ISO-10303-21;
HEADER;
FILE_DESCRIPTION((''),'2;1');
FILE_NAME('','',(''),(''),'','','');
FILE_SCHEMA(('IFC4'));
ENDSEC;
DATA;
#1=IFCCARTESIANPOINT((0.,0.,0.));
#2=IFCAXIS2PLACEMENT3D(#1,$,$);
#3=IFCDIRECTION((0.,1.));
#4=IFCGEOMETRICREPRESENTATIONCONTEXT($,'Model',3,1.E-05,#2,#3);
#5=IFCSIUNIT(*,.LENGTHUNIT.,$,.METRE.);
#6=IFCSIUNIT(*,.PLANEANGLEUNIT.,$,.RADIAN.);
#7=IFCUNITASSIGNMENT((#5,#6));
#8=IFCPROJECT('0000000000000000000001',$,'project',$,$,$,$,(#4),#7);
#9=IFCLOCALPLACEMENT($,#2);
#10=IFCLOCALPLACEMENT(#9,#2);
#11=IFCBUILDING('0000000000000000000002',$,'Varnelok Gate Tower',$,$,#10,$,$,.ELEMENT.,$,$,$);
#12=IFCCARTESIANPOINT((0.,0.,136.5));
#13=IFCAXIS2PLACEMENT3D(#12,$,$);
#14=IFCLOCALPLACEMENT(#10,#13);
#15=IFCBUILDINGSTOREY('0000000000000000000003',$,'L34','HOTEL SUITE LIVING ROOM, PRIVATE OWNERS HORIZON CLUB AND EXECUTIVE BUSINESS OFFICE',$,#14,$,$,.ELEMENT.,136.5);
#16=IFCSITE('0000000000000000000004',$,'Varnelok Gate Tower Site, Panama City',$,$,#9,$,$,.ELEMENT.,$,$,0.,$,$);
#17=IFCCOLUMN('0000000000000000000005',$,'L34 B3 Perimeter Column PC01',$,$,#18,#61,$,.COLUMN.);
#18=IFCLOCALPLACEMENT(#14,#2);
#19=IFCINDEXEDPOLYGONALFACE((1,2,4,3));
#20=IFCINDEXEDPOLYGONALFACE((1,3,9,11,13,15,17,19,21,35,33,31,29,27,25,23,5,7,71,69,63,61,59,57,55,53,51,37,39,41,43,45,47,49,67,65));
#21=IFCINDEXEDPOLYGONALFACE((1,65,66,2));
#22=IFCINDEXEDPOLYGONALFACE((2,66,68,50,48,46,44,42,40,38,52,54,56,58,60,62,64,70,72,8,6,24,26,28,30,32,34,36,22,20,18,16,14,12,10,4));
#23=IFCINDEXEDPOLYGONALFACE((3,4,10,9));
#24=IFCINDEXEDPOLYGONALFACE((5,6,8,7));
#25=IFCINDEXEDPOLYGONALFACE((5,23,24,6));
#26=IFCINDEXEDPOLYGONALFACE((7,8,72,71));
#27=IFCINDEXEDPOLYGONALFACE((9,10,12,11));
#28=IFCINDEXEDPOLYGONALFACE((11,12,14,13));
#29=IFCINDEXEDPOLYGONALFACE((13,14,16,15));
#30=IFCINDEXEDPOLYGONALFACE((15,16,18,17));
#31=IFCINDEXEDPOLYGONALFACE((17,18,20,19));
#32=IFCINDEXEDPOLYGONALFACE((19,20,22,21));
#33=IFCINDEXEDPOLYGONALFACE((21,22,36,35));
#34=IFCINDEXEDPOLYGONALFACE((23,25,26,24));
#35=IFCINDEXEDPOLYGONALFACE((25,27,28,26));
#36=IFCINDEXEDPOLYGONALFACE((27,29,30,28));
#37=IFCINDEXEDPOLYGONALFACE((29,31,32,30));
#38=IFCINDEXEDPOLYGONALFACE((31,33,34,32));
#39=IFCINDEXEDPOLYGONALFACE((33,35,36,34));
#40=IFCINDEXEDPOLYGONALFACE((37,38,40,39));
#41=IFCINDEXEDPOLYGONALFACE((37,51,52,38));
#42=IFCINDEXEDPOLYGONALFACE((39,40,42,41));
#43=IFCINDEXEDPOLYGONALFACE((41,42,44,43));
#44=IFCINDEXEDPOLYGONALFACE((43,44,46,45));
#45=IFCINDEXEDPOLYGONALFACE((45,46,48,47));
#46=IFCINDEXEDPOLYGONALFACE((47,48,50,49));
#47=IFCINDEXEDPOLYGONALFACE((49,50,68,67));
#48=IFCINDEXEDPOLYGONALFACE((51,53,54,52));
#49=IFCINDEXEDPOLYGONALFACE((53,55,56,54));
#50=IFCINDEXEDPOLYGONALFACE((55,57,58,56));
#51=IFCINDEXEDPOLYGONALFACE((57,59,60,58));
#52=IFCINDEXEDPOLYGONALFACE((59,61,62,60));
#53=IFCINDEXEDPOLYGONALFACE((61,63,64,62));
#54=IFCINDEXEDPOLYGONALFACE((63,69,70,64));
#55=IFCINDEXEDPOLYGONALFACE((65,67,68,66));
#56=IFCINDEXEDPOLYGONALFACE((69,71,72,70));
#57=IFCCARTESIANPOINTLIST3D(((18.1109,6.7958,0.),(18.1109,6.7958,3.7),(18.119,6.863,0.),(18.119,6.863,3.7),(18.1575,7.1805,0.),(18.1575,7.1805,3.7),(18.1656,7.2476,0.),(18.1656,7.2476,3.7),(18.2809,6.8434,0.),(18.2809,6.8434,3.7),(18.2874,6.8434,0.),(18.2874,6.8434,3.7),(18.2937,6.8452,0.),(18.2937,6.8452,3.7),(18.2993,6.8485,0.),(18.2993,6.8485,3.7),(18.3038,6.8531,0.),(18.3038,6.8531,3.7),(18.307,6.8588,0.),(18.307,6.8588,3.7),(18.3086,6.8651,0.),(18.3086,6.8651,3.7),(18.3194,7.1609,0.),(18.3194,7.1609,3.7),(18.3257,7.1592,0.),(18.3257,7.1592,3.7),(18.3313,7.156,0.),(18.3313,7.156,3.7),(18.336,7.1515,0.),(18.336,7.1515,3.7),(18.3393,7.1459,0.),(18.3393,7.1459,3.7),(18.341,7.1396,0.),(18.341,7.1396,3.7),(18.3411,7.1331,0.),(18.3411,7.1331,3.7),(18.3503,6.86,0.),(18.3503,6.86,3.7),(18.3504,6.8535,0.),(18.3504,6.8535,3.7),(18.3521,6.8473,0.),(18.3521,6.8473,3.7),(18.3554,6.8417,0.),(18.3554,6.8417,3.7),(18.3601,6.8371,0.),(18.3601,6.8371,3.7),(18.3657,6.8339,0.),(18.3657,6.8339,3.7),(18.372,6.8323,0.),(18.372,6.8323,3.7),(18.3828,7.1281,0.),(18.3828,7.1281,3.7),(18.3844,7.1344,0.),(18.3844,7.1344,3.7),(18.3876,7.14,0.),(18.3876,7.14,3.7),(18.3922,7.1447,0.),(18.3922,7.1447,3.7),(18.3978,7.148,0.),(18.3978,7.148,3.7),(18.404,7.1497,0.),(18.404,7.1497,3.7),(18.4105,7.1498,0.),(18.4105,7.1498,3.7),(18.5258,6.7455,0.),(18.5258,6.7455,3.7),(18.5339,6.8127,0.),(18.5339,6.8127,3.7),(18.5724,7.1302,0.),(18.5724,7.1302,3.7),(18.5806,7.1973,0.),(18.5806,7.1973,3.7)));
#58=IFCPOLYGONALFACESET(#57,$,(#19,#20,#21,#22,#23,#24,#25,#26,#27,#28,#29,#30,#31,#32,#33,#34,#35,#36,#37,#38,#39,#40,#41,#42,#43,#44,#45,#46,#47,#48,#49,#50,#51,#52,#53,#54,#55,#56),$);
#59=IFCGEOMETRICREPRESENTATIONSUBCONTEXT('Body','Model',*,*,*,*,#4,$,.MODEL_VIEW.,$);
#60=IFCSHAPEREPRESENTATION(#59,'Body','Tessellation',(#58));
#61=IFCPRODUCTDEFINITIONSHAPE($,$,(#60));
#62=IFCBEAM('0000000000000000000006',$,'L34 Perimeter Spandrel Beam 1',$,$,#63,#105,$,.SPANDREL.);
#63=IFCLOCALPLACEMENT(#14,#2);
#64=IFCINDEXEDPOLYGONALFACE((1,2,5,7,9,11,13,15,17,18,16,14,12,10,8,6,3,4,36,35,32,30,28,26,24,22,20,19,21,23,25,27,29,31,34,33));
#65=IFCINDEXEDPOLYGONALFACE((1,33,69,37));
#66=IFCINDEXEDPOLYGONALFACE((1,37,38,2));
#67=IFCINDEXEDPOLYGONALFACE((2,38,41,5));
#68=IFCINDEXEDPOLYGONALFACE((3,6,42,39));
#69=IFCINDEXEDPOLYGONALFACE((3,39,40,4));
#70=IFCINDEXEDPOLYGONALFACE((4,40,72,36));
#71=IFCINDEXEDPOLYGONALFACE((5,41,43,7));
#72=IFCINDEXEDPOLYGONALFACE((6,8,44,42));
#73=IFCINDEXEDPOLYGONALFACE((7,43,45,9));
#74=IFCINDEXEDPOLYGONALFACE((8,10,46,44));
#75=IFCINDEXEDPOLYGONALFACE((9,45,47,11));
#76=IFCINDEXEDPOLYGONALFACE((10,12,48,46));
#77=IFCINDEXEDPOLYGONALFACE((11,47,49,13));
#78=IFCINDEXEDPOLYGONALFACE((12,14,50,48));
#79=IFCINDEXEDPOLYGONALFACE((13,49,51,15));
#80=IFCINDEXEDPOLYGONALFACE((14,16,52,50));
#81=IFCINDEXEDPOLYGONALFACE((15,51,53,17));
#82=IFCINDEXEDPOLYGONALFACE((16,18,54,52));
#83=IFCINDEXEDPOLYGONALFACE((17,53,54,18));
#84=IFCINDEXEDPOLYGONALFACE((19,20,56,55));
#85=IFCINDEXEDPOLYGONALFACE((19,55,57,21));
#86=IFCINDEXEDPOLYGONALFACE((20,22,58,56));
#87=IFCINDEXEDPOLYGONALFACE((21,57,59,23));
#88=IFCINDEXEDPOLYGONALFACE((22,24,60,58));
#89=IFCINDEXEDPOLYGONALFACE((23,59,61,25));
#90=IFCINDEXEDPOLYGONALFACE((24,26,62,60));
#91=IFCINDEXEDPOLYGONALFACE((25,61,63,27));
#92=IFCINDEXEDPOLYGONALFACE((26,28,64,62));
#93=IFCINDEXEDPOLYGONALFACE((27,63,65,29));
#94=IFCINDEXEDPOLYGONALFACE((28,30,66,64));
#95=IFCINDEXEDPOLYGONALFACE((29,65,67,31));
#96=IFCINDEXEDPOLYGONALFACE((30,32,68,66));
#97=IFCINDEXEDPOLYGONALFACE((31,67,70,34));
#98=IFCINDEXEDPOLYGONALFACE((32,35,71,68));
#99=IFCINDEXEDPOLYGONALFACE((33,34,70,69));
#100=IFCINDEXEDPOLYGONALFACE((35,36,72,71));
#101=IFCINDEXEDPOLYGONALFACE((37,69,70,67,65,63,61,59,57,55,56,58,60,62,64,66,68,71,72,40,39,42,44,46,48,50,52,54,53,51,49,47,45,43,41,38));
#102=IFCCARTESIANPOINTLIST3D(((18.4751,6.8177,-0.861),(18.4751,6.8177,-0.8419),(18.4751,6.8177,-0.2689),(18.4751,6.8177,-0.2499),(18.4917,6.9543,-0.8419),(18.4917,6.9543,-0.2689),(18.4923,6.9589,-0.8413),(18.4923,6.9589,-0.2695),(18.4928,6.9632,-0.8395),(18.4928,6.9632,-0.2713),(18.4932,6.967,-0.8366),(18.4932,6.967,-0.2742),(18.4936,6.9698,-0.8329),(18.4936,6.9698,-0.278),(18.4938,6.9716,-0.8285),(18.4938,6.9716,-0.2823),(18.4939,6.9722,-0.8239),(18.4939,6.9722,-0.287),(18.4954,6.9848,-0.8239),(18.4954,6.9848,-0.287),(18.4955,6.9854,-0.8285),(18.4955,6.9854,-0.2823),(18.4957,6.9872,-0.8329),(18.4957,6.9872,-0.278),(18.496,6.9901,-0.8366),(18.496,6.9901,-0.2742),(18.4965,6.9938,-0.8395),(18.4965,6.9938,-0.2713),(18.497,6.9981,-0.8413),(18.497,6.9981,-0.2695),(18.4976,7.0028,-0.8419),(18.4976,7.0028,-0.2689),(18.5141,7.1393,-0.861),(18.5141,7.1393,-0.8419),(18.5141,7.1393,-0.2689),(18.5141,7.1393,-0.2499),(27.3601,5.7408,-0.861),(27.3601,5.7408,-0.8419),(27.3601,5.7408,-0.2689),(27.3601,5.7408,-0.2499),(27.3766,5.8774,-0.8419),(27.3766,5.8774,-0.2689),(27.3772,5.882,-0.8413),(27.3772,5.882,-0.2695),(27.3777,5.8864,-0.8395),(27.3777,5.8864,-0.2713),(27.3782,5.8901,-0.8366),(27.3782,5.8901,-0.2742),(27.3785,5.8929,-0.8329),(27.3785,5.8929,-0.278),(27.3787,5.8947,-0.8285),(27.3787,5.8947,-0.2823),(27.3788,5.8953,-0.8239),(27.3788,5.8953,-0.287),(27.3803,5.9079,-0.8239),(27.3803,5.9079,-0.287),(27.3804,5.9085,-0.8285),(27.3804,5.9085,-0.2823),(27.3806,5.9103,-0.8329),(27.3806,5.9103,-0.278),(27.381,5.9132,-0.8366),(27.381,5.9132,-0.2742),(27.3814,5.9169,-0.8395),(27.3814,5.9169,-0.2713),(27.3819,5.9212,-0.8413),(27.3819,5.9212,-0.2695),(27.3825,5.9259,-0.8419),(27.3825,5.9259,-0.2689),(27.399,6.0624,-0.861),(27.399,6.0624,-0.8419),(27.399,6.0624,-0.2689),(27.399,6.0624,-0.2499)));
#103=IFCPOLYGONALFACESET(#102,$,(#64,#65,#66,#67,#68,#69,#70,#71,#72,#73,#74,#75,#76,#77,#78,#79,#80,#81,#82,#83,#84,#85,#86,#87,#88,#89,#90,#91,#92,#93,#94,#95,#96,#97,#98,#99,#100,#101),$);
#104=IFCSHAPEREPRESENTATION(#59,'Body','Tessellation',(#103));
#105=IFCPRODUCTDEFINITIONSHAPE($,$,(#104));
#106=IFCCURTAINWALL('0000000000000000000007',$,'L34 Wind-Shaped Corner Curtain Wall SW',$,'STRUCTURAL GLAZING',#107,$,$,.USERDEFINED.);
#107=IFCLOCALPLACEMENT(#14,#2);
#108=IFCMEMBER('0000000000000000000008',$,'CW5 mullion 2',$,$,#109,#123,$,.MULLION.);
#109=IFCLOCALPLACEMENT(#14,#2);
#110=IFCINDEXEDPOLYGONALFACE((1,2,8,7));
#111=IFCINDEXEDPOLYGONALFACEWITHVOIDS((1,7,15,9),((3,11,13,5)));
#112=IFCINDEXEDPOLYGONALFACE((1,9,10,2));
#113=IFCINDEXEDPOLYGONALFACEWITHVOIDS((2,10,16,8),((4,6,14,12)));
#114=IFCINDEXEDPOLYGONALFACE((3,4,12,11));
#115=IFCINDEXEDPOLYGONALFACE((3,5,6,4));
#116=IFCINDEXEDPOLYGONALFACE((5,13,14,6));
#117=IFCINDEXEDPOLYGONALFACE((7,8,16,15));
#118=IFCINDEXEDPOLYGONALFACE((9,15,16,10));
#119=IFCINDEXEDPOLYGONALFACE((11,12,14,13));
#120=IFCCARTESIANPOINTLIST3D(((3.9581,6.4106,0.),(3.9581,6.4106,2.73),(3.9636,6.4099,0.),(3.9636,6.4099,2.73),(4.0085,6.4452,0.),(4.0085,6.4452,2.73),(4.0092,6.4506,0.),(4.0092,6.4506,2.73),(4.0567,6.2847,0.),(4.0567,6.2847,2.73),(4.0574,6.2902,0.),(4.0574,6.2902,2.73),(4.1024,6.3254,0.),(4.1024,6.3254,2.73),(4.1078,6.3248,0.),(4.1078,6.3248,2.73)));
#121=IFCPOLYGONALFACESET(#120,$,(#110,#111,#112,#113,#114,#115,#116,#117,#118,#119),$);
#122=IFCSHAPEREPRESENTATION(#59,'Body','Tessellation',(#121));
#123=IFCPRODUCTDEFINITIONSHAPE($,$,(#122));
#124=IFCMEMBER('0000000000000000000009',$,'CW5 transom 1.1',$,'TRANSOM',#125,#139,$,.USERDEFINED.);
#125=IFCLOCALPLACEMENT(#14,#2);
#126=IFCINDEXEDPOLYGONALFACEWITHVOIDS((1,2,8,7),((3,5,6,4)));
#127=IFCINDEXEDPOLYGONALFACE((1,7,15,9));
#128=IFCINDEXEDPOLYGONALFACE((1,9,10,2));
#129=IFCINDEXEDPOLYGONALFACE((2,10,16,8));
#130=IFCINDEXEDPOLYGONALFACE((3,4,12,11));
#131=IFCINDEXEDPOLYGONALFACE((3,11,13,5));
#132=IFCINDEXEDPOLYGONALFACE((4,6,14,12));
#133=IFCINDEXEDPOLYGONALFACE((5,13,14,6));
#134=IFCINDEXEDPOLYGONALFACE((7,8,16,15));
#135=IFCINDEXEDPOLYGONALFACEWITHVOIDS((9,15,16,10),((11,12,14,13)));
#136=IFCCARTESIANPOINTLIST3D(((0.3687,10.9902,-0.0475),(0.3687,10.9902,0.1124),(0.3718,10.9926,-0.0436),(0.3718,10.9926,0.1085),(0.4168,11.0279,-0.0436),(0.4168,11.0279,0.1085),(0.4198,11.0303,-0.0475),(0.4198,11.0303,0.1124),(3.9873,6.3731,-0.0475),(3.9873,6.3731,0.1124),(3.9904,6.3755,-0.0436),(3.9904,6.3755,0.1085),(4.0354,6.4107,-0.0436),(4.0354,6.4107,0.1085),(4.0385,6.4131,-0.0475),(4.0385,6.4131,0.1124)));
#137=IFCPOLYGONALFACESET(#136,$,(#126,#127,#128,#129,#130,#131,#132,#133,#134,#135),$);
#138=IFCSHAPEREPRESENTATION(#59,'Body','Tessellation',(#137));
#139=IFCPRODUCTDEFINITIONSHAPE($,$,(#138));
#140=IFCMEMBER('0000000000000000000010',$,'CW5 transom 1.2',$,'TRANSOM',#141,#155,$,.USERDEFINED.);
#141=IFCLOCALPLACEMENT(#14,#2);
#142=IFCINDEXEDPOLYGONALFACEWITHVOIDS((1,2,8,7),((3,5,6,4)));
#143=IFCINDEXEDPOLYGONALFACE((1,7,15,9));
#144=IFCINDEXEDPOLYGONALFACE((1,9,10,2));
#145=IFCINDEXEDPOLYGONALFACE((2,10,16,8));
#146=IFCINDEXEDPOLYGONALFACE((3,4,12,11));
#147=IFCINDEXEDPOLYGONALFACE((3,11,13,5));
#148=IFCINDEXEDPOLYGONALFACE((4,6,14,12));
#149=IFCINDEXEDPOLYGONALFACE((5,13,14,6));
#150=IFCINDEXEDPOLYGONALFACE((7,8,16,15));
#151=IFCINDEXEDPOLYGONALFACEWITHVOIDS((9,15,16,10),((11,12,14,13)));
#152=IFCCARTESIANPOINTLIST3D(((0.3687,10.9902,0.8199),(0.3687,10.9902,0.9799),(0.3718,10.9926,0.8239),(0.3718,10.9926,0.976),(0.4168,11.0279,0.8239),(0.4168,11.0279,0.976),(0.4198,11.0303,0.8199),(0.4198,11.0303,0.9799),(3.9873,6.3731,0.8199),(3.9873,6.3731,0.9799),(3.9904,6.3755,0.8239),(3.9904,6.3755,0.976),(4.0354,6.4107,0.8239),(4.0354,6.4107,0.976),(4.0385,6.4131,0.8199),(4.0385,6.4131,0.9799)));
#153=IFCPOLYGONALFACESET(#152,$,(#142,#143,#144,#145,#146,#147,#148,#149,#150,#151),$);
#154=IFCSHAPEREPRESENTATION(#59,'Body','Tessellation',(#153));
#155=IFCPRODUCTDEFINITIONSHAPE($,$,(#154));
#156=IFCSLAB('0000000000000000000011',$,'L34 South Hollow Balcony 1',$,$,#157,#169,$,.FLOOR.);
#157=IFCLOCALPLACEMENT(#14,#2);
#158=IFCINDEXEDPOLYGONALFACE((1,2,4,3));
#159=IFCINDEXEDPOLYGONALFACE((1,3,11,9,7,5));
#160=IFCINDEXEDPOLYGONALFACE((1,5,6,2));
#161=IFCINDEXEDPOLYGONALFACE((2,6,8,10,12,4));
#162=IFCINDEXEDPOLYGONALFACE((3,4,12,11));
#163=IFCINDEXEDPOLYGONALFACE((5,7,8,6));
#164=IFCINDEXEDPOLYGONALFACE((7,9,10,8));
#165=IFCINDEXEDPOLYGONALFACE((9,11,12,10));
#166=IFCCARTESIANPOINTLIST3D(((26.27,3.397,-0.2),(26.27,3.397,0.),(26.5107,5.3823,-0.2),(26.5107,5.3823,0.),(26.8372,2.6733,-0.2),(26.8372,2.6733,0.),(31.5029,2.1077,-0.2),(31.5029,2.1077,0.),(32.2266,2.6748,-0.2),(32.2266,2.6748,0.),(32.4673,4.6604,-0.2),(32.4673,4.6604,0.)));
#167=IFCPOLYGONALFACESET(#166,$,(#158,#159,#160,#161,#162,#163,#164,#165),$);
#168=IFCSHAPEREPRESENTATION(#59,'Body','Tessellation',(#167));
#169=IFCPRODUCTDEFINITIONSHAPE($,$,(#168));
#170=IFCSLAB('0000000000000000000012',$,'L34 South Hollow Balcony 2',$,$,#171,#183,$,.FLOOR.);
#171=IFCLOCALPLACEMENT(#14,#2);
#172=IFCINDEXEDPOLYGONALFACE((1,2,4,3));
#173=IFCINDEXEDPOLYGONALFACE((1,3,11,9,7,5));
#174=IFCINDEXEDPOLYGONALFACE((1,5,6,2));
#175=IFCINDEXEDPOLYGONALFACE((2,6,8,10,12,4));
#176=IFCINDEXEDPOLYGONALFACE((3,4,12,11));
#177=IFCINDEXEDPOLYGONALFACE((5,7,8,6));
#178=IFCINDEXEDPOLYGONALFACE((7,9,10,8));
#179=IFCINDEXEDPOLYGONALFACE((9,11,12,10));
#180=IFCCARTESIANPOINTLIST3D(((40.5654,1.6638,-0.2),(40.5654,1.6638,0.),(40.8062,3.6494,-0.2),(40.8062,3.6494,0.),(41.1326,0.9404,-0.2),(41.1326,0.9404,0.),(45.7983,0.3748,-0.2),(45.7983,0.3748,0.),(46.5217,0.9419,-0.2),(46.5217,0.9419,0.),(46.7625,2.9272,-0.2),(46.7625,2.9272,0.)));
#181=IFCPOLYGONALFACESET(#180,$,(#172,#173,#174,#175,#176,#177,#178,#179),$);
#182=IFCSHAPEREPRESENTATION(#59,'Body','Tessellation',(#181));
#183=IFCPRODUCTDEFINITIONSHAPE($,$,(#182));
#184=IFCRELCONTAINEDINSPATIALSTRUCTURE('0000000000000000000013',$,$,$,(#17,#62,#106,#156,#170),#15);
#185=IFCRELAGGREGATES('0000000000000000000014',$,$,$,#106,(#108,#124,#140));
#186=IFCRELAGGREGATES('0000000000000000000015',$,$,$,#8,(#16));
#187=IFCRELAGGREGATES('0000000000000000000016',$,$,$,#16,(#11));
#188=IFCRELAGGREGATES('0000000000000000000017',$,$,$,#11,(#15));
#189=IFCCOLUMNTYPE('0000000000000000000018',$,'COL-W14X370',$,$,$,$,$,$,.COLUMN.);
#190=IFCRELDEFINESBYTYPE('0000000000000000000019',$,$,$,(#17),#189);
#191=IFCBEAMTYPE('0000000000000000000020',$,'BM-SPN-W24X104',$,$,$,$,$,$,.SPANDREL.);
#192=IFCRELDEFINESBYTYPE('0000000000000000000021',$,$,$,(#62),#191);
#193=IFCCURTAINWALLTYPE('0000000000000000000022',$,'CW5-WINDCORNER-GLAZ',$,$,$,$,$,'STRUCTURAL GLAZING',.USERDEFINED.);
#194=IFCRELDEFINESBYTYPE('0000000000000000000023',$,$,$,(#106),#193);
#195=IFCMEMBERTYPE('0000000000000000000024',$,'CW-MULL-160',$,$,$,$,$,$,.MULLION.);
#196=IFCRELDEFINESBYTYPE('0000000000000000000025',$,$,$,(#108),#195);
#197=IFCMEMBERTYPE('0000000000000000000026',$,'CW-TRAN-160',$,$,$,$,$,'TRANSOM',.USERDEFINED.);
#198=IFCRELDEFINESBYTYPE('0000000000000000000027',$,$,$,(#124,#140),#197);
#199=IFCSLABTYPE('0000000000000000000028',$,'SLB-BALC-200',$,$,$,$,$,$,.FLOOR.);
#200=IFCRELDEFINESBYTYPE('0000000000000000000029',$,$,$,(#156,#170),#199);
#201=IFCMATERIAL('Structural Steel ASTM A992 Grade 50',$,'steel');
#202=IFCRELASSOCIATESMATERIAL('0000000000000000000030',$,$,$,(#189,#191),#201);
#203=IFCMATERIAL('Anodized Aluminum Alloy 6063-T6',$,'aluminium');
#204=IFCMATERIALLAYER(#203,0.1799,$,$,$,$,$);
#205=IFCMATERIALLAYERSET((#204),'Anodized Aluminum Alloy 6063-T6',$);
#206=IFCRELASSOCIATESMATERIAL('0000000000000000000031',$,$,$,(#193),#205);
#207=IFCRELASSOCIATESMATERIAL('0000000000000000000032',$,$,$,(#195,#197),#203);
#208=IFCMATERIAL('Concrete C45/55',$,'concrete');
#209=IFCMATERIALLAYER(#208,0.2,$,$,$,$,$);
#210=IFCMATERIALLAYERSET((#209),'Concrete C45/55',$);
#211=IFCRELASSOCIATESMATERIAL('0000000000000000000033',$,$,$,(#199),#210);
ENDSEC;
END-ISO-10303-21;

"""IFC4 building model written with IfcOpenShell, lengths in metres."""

from ifc_helpers import new_model, si_unit, direction, frame, origin, origin_2d, place, context, subcontext, project, spatial, polyline, hollow_rectangle, i_section, outline, extrude, material, layer, layer_set, material_profile, profile_set, type_object, element, aggregate, save


model = new_model("IFC4")

# Units and contexts
model_context = context("Model", 3, precision=1e-05, world=origin(), true_north=direction((0.0, 1.0)))
body_context = subcontext(model_context, "Body", "Model", "MODEL_VIEW")
ifc_project = project(units=[si_unit("LENGTHUNIT", "METRE"), si_unit("PLANEANGLEUNIT", "RADIAN")], contexts=[model_context])

# Site, building, storey
site_placement = place(None, origin())
site = spatial("IfcSite", under=ifc_project, at=site_placement, Name="Varnelok Gate Tower Site, Panama City", CompositionType="ELEMENT", RefElevation=0.0)
building_placement = place(site_placement, origin())
building = spatial("IfcBuilding", under=site, at=building_placement, Name="Varnelok Gate Tower", CompositionType="ELEMENT")
storey_placement = place(building_placement, frame((0.0, 0.0, 136.5)))
storey = spatial("IfcBuildingStorey", under=building, at=storey_placement, Name="L34", Description="HOTEL SUITE LIVING ROOM, PRIVATE OWNERS HORIZON CLUB AND EXECUTIVE BUSINESS OFFICE", CompositionType="ELEMENT", Elevation=136.5)

# Column
ifc_material_1 = material(Name="Structural Steel ASTM A992 Grade 50", Category="steel")
ifc_material_profile_1 = material_profile(ifc_material_1, i_section(OverallWidth=0.418, OverallDepth=0.4551, WebThickness=0.042, FlangeThickness=0.0676, FilletRadius=0.0249, at=origin_2d()), Name="W14X370")
ifc_profile_set_1 = profile_set([ifc_material_profile_1], Name="Structural Steel ASTM A992 Grade 50")
column_type = type_object("IfcColumnType", Name="COL-W14X370", PredefinedType="COLUMN", material=ifc_profile_set_1)
column_placement = place(storey_placement, frame((18.3457, 6.9966, 0.0), z_axis=(0.0, 0.0, 1.0), x_axis=(0.992732, -0.120345, 0.0)))
element("IfcColumn", 1, at=column_placement, inside=storey, type_object=column_type, Name="L34 B3 Perimeter Column PC01", PredefinedType="COLUMN", context=body_context, shape_type="SweptSolid", body=[
    extrude(i_section(OverallWidth=0.418, OverallDepth=0.4551, WebThickness=0.042, FlangeThickness=0.0676, FilletRadius=0.0249, at=origin_2d()), origin(), (0.0, 0.0, 1.0), 3.7),
])

# Beam
ifc_material_profile_2 = material_profile(ifc_material_1, i_section(OverallWidth=0.324, OverallDepth=0.6111, WebThickness=0.0127, FlangeThickness=0.019, FilletRadius=0.0181, at=origin_2d()), Name="W24X104")
ifc_profile_set_2 = profile_set([ifc_material_profile_2], Name="Structural Steel ASTM A992 Grade 50")
beam_type = type_object("IfcBeamType", Name="BM-SPN-W24X104", PredefinedType="SPANDREL", material=ifc_profile_set_2)
beam_placement = place(storey_placement, frame((18.4946, 6.9785, -0.5554), z_axis=(0.992735, -0.120324, 0.0), x_axis=(0.120324, 0.992735, 0.0)))
element("IfcBeam", 2, at=beam_placement, inside=storey, type_object=beam_type, Name="L34 Perimeter Spandrel Beam 1", PredefinedType="SPANDREL", context=body_context, shape_type="SweptSolid", body=[
    extrude(i_section(OverallWidth=0.324, OverallDepth=0.6111, WebThickness=0.0127, FlangeThickness=0.019, FilletRadius=0.0181, at=origin_2d()), origin(), (0.0, 0.0, 1.0), 8.95),
])

# Curtain wall, members
ifc_material_2 = material(Name="Anodized Aluminum Alloy 6063-T6", Category="aluminium")
ifc_layer_1 = layer(ifc_material_2, 0.1799)
ifc_layer_set_1 = layer_set([ifc_layer_1], Name="Anodized Aluminum Alloy 6063-T6")
curtain_wall_type = type_object("IfcCurtainWallType", Name="CW5-WINDCORNER-GLAZ", ElementType="STRUCTURAL GLAZING", PredefinedType="USERDEFINED", material=ifc_layer_set_1)
curtain_wall_placement = place(storey_placement, origin())
curtain_wall = element("IfcCurtainWall", 3, at=curtain_wall_placement, inside=storey, type_object=curtain_wall_type, Name="L34 Wind-Shaped Corner Curtain Wall SW", ObjectType="STRUCTURAL GLAZING", PredefinedType="USERDEFINED")
ifc_material_profile_3 = material_profile(ifc_material_2, hollow_rectangle(XDim=0.0649, YDim=0.1599, WallThickness=0.0039, at=origin_2d()), Name="ALU160X65X4")
ifc_profile_set_3 = profile_set([ifc_material_profile_3], Name="Anodized Aluminum Alloy 6063-T6")
member_type_1 = type_object("IfcMemberType", Name="CW-MULL-160", PredefinedType="MULLION", material=ifc_profile_set_3)
member_1_placement = place(storey_placement, frame((4.033, 6.3677, 0.0), z_axis=(0.0, 0.0, 1.0), x_axis=(0.787055, 0.616883, 0.0)))
member_1 = element("IfcMember", 4, at=member_1_placement, type_object=member_type_1, Name="CW5 mullion 2", PredefinedType="MULLION", context=body_context, shape_type="SweptSolid", body=[
    extrude(hollow_rectangle(XDim=0.0649, YDim=0.1599, WallThickness=0.0039, at=origin_2d()), origin(), (0.0, 0.0, 1.0), 2.73),
])
ifc_material_profile_4 = material_profile(ifc_material_2, hollow_rectangle(XDim=0.0649, YDim=0.1599, WallThickness=0.0039, at=origin_2d()), Name="ALU160X65X4")
ifc_profile_set_4 = profile_set([ifc_material_profile_4], Name="Anodized Aluminum Alloy 6063-T6")
member_type_2 = type_object("IfcMemberType", Name="CW-TRAN-160", ElementType="TRANSOM", PredefinedType="USERDEFINED", material=ifc_profile_set_4)
member_2_placement = place(storey_placement, frame((0.3943, 11.0103, 0.0325), z_axis=(0.616858, -0.787074, 0.0), x_axis=(0.787074, 0.616858, 0.0)))
member_2 = element("IfcMember", 5, at=member_2_placement, type_object=member_type_2, Name="CW5 transom 1.1", ObjectType="TRANSOM", PredefinedType="USERDEFINED", context=body_context, shape_type="SweptSolid", body=[
    extrude(hollow_rectangle(XDim=0.0649, YDim=0.1599, WallThickness=0.0039, at=origin_2d()), origin(), (0.0, 0.0, 1.0), 5.8662),
])
member_3_placement = place(storey_placement, frame((0.3943, 11.0103, 0.8999), z_axis=(0.616858, -0.787074, 0.0), x_axis=(0.787074, 0.616858, 0.0)))
member_3 = element("IfcMember", 6, at=member_3_placement, type_object=member_type_2, Name="CW5 transom 1.2", ObjectType="TRANSOM", PredefinedType="USERDEFINED", context=body_context, shape_type="SweptSolid", body=[
    extrude(hollow_rectangle(XDim=0.0649, YDim=0.1599, WallThickness=0.0039, at=origin_2d()), origin(), (0.0, 0.0, 1.0), 5.8662),
])

# Slabs
ifc_material_3 = material(Name="Concrete C45/55", Category="concrete")
ifc_layer_2 = layer(ifc_material_3, 0.2)
ifc_layer_set_2 = layer_set([ifc_layer_2], Name="Concrete C45/55")
slab_type_1 = type_object("IfcSlabType", Name="SLB-BALC-200", PredefinedType="FLOOR", material=ifc_layer_set_2)
slab_1_placement = place(storey_placement, frame((0.0, 0.0, -0.2)))
element("IfcSlab", 7, at=slab_1_placement, inside=storey, type_object=slab_type_1, Name="L34 South Hollow Balcony 1", PredefinedType="FLOOR", context=body_context, shape_type="SweptSolid", body=[
    extrude(outline(polyline([(26.27, 3.397), (26.8372, 2.6733), (31.5029, 2.1077), (32.2266, 2.6748), (32.4673, 4.6604), (26.5107, 5.3823), (26.27, 3.397)])), origin(), (0.0, 0.0, 1.0), 0.2),
])
slab_2_placement = place(storey_placement, frame((0.0, 0.0, -0.2)))
element("IfcSlab", 8, at=slab_2_placement, inside=storey, type_object=slab_type_1, Name="L34 South Hollow Balcony 2", PredefinedType="FLOOR", context=body_context, shape_type="SweptSolid", body=[
    extrude(outline(polyline([(40.5654, 1.6638), (41.1326, 0.9404), (45.7983, 0.3748), (46.5217, 0.9419), (46.7625, 2.9272), (40.8062, 3.6494), (40.5654, 1.6638)])), origin(), (0.0, 0.0, 1.0), 0.2),
])

aggregate(curtain_wall, [member_1, member_2, member_3])

save(model, "model.ifc")
